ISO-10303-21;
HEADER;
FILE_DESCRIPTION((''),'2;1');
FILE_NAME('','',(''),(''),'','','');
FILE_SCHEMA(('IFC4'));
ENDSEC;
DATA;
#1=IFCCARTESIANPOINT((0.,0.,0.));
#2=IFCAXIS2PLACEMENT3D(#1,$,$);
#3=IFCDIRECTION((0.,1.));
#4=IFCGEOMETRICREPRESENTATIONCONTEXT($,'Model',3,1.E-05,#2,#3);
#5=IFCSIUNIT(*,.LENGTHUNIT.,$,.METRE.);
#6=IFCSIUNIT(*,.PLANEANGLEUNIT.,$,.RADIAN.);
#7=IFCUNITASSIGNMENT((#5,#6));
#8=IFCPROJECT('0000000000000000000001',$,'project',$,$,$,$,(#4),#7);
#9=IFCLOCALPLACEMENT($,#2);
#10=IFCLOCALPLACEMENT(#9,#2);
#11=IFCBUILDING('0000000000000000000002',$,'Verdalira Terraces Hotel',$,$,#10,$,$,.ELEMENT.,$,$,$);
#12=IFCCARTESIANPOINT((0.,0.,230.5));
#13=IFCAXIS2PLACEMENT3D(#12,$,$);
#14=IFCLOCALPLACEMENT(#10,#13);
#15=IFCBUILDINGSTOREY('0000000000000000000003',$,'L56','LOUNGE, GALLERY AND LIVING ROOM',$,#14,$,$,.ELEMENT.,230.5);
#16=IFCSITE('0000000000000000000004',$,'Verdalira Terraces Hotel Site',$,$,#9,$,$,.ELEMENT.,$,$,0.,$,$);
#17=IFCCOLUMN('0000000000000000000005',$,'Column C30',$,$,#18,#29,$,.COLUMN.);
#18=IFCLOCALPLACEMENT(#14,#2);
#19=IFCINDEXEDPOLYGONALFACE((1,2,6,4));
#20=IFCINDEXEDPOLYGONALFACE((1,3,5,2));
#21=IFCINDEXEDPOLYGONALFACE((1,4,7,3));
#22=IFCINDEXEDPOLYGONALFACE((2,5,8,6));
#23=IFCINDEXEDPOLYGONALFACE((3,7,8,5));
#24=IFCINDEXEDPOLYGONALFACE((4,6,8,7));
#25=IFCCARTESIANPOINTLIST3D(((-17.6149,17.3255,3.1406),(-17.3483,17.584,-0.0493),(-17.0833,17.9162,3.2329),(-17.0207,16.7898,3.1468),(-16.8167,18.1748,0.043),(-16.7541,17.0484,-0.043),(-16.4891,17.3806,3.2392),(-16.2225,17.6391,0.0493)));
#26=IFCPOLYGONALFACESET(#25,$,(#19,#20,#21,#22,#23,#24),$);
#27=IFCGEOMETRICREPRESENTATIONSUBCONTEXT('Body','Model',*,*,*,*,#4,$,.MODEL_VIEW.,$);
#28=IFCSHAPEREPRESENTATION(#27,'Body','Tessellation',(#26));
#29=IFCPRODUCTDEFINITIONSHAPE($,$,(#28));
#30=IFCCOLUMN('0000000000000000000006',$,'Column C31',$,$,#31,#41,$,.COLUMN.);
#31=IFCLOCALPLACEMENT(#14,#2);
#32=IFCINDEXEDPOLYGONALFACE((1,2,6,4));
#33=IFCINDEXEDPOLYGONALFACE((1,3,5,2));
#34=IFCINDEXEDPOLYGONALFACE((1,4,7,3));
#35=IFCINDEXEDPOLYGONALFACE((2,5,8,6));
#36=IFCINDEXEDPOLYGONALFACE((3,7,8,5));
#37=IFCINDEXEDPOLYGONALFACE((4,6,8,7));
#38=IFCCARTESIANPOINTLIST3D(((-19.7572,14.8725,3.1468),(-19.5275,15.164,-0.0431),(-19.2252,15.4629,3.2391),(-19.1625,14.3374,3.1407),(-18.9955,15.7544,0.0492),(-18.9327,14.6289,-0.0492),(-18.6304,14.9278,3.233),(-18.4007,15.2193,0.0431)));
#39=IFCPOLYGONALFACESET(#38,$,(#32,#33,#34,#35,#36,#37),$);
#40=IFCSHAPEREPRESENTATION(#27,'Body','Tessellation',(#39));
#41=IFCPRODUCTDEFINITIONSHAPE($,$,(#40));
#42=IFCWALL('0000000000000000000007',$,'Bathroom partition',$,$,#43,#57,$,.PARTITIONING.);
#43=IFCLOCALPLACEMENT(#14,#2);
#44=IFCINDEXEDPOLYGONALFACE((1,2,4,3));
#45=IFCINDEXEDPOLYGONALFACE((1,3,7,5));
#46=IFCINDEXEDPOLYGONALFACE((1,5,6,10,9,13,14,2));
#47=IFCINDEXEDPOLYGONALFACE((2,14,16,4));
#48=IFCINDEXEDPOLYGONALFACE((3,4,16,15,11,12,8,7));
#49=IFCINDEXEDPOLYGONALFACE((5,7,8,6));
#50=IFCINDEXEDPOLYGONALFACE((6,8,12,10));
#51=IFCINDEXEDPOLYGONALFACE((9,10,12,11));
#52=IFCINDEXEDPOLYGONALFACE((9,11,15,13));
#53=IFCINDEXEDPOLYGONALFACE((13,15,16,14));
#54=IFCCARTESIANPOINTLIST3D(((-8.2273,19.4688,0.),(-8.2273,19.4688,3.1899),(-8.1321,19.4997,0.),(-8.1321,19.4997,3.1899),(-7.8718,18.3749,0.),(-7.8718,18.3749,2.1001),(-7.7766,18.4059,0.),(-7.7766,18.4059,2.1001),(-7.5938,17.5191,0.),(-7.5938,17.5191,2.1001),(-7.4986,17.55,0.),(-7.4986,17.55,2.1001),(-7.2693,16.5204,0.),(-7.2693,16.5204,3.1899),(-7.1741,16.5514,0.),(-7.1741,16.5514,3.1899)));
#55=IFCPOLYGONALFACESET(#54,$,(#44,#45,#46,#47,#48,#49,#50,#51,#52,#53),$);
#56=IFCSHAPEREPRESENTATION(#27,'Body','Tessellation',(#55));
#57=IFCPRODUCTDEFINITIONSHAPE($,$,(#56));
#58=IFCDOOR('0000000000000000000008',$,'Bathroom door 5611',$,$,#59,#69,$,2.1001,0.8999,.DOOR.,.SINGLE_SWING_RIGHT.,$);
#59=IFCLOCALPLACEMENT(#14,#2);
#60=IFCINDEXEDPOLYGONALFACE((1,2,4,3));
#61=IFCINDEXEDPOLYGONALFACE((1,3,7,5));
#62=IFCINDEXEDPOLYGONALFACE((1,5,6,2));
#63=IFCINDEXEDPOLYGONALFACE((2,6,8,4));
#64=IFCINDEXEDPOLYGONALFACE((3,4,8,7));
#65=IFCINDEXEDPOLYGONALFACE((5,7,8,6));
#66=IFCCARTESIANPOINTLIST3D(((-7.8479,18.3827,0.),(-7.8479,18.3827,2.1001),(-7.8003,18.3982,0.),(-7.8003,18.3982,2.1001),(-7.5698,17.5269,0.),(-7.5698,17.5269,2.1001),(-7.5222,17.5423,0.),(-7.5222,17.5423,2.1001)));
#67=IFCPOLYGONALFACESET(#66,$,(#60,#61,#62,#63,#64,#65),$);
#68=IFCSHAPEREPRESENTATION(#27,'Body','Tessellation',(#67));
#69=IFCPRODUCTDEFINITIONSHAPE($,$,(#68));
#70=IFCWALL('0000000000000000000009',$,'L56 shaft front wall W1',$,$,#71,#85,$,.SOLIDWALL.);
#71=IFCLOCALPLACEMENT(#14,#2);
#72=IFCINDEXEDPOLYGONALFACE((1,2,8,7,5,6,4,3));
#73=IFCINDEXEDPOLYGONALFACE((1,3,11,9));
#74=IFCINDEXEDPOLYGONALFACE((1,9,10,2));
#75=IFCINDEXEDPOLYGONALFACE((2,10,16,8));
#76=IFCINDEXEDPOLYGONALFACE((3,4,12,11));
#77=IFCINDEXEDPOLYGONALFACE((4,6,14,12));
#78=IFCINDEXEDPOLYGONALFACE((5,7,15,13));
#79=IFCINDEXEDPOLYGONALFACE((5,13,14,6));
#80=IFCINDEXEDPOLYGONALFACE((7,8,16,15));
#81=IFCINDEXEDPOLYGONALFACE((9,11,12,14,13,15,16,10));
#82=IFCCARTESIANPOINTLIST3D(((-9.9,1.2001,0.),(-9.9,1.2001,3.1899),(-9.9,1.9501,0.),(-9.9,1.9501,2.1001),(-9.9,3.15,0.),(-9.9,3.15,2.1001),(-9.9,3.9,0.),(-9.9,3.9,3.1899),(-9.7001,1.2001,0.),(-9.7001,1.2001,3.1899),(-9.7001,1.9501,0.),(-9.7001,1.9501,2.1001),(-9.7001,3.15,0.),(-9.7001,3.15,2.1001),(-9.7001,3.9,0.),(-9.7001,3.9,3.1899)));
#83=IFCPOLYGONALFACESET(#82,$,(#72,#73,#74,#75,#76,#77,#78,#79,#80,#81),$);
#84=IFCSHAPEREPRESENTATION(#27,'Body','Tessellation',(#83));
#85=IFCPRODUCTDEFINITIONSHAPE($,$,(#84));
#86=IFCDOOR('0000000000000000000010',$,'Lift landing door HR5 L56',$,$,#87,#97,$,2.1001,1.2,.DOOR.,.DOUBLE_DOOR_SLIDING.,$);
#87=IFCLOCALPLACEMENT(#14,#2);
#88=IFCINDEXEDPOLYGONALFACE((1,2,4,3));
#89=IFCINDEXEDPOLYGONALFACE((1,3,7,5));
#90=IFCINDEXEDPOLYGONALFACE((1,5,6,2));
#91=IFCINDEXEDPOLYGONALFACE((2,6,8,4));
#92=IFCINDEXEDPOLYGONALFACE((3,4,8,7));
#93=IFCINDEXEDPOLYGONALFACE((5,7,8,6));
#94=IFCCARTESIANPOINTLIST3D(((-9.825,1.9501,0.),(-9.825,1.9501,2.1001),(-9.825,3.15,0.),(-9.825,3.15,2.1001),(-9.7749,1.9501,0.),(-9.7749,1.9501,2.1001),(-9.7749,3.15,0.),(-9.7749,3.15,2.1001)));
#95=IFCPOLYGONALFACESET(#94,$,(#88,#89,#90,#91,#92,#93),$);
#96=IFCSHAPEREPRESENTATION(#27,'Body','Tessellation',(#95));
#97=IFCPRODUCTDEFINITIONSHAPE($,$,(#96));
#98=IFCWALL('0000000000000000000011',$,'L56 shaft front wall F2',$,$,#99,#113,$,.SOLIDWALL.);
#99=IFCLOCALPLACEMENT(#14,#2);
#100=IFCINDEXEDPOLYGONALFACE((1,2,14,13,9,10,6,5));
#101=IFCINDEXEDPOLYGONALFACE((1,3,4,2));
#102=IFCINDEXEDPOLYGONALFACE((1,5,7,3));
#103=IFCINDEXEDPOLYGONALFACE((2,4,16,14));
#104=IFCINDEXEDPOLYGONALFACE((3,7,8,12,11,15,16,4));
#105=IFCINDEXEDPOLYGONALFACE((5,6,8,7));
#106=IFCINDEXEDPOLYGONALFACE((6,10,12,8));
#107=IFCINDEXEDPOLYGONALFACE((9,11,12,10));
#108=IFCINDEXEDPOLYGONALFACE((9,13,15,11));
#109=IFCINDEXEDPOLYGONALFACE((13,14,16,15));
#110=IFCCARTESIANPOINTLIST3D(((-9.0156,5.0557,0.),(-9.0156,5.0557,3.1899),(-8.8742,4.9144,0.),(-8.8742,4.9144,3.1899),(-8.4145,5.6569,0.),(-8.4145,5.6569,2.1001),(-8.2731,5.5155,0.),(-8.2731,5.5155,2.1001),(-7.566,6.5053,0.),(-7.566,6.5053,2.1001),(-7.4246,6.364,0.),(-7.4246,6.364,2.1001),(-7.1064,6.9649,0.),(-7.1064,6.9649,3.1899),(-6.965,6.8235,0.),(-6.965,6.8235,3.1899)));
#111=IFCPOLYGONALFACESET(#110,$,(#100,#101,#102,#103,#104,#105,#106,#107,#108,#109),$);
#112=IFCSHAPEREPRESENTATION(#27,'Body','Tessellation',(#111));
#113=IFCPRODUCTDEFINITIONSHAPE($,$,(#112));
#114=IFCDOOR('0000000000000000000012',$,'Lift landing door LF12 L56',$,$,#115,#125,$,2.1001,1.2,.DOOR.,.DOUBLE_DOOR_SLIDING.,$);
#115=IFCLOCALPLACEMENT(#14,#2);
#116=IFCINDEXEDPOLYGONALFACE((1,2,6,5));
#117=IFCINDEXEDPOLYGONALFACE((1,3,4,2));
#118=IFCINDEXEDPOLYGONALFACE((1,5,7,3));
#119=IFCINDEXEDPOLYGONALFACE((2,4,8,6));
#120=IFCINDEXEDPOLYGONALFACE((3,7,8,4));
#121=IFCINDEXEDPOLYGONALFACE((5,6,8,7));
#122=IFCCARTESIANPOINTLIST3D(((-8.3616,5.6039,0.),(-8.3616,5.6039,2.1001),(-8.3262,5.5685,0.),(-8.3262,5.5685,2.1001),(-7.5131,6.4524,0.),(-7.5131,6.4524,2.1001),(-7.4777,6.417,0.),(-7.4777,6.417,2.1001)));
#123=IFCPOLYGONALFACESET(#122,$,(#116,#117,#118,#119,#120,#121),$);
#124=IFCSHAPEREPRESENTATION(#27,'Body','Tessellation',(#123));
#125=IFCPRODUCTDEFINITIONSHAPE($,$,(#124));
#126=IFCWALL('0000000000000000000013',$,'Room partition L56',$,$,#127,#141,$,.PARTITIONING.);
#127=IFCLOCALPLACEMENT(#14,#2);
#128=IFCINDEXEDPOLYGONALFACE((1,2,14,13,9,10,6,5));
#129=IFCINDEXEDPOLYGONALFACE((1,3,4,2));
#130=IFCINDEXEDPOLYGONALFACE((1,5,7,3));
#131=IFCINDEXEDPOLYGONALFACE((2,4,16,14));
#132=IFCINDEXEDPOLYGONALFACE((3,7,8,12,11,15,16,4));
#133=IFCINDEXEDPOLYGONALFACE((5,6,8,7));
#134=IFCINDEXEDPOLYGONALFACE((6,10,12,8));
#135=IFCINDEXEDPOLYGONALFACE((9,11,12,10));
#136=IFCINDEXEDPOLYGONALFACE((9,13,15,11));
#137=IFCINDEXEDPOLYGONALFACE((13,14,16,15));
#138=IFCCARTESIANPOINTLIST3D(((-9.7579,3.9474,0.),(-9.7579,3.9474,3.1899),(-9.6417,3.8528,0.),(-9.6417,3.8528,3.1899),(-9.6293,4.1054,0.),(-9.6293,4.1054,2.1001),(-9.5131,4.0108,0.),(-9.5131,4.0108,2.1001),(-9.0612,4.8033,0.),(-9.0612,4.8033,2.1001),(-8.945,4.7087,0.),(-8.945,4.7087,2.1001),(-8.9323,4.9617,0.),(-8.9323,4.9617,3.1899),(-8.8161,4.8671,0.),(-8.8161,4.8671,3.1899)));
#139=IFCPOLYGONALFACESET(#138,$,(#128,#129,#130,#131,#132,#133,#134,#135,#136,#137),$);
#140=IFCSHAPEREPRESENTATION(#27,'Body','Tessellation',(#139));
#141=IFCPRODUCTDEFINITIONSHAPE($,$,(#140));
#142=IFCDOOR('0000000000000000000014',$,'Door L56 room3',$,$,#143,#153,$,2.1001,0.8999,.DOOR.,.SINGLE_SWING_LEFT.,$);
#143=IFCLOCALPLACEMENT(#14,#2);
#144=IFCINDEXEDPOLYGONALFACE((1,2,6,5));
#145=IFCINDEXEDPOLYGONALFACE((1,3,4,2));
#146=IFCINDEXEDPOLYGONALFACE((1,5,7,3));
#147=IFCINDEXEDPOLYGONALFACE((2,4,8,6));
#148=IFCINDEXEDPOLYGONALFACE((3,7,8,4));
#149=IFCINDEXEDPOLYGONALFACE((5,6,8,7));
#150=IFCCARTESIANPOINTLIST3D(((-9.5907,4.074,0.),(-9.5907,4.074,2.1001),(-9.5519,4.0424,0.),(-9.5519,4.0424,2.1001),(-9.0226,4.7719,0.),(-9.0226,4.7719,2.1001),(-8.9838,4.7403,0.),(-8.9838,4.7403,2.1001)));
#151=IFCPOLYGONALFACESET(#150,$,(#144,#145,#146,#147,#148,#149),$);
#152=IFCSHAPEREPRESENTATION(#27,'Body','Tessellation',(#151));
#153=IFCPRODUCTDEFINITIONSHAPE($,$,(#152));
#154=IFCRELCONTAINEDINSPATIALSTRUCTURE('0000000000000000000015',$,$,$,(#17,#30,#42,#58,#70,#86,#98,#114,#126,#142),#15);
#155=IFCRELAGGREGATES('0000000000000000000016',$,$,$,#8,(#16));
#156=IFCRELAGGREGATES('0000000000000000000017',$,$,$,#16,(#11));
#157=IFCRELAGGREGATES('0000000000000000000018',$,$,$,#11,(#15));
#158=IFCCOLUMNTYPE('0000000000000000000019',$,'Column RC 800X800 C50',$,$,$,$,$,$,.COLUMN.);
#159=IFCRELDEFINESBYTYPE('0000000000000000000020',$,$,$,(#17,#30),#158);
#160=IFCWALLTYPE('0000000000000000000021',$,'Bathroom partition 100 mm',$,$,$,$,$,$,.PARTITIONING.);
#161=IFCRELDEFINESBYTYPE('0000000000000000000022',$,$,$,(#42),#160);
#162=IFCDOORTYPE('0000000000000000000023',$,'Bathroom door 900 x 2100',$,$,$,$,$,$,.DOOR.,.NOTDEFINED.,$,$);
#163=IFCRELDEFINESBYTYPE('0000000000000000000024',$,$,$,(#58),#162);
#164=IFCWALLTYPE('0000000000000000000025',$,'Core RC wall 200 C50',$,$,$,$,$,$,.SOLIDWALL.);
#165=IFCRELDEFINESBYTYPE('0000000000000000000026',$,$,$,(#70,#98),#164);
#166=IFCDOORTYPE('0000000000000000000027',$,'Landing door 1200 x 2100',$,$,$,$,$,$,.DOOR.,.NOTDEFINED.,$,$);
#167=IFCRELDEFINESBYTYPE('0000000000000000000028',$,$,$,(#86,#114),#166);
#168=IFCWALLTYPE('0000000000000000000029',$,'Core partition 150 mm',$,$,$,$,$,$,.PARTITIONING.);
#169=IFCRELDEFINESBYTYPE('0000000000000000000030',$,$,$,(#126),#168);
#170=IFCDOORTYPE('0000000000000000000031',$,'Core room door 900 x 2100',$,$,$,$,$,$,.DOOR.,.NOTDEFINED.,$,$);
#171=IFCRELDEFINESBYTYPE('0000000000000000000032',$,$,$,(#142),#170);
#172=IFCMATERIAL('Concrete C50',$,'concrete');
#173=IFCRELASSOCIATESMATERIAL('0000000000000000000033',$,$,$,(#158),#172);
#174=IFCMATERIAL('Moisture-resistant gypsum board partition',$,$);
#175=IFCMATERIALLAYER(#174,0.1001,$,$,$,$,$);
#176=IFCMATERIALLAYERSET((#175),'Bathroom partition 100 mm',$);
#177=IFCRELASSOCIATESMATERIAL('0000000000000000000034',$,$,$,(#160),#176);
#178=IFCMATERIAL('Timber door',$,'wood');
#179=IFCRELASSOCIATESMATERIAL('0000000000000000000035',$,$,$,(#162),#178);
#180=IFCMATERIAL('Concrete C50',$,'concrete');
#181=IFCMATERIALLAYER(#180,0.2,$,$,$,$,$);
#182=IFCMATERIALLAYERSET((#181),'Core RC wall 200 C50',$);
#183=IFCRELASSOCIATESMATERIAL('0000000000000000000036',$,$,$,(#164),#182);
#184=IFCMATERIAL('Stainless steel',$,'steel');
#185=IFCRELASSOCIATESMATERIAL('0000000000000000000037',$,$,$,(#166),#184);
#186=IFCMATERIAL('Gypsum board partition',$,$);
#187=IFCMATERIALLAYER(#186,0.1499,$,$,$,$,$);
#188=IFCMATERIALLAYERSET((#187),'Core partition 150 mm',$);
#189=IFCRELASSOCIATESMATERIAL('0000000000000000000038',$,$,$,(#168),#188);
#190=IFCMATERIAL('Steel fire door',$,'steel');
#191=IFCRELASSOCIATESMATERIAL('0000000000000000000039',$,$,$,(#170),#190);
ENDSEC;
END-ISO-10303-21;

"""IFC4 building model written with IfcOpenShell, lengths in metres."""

from ifc_helpers import new_model, si_unit, direction, frame, frame_2d, origin, origin_2d, place, context, subcontext, project, spatial, rectangle, extrude, material, layer, layer_set, material_profile, profile_set, type_object, element, fill, save


model = new_model("IFC4")

# Units and contexts
model_context = context("Model", 3, precision=1e-05, world=origin(), true_north=direction((0.0, 1.0)))
body_context = subcontext(model_context, "Body", "Model", "MODEL_VIEW")
ifc_project = project(units=[si_unit("LENGTHUNIT", "METRE"), si_unit("PLANEANGLEUNIT", "RADIAN")], contexts=[model_context])

# Site, building, storey
site_placement = place(None, origin())
site = spatial("IfcSite", under=ifc_project, at=site_placement, Name="Verdalira Terraces Hotel Site", CompositionType="ELEMENT", RefElevation=0.0)
building_placement = place(site_placement, origin())
building = spatial("IfcBuilding", under=site, at=building_placement, Name="Verdalira Terraces Hotel", CompositionType="ELEMENT")
storey_placement = place(building_placement, frame((0.0, 0.0, 230.5)))
storey = spatial("IfcBuildingStorey", under=building, at=storey_placement, Name="L56", Description="LOUNGE, GALLERY AND LIVING ROOM", CompositionType="ELEMENT", Elevation=230.5)

# Columns
ifc_material_1 = material(Name="Concrete C50", Category="concrete")
ifc_material_profile = material_profile(ifc_material_1, rectangle(XDim=0.8, YDim=0.8, at=origin_2d()), Name="RC 800X800")
ifc_profile_set = profile_set([ifc_material_profile], Name="Concrete C50")
column_type = type_object("IfcColumnType", Name="Column RC 800X800 C50", PredefinedType="COLUMN", material=ifc_profile_set)
for number, where, z_axis, x_axis, name in (
    (1, (-16.7854, 17.6116, 0.0), (-0.083015, -0.080506, 0.993291), (-0.742716, 0.669561, -0.007805), "Column C30"),
    (2, (-18.9641, 15.1916, 0.0), (-0.071536, -0.09077, 0.993299), (-0.743421, 0.66878, 0.007574), "Column C31"),
):
    element("IfcColumn", number, at=place(storey_placement, frame(where, z_axis=z_axis, x_axis=x_axis)), inside=storey, type_object=column_type, Name=name, PredefinedType="COLUMN", context=body_context, shape_type="SweptSolid", body=[
        extrude(rectangle(XDim=0.8, YDim=0.8, at=origin_2d()), origin(), (0.0, 0.0, 1.0), 3.2114),
    ])

# Walls, openings, doors
ifc_material_2 = material(Name="Moisture-resistant gypsum board partition")
ifc_layer_1 = layer(ifc_material_2, 0.1001)
ifc_layer_set_1 = layer_set([ifc_layer_1], Name="Bathroom partition 100 mm")
wall_type_1 = type_object("IfcWallType", Name="Bathroom partition 100 mm", PredefinedType="PARTITIONING", material=ifc_layer_set_1)
wall_1_placement = place(storey_placement, frame((-7.2217, 16.5359, 0.0), z_axis=(0.0, 0.0, 1.0), x_axis=(-0.309013, 0.951058, 0.0)))
wall_1 = element("IfcWall", 3, at=wall_1_placement, inside=storey, type_object=wall_type_1, Name="Bathroom partition", PredefinedType="PARTITIONING", context=body_context, shape_type="SweptSolid", body=[
    extrude(rectangle(XDim=3.1001, YDim=0.1001, at=frame_2d((1.55, 0.0))), origin(), (0.0, 0.0, 1.0), 3.1899),
])
opening_1_placement = place(wall_1_placement, frame((1.05, 0.0, 0.0)))
opening_1 = element("IfcOpeningElement", 4, at=opening_1_placement, cuts=wall_1, PredefinedType="OPENING", context=body_context, shape_type="SweptSolid", body=[
    extrude(rectangle(XDim=0.8999, YDim=2.1001, at=frame_2d((0.45, 1.05))), frame((0.0, 0.0601, 0.0), z_axis=(0.0, -1.0, 0.0), x_axis=(1.0, 0.0, 0.0)), (0.0, 0.0, 1.0), 0.1201),
])
ifc_material_3 = material(Name="Timber door", Category="wood")
door_type_1 = type_object("IfcDoorType", Name="Bathroom door 900 x 2100", OperationType="NOTDEFINED", PredefinedType="DOOR", material=ifc_material_3)
door_1_placement = place(opening_1_placement, origin())
door_1 = element("IfcDoor", 5, at=door_1_placement, inside=storey, type_object=door_type_1, Name="Bathroom door 5611", OperationType="SINGLE_SWING_RIGHT", OverallHeight=2.1001, OverallWidth=0.8999, PredefinedType="DOOR", context=body_context, shape_type="SweptSolid", body=[
    extrude(rectangle(XDim=0.8999, YDim=2.1001, at=frame_2d((0.45, 1.05))), frame((0.0, 0.0249, 0.0), z_axis=(0.0, -1.0, 0.0), x_axis=(1.0, 0.0, 0.0)), (0.0, 0.0, 1.0), 0.05),
])
fill(opening_1, door_1)
ifc_material_4 = material(Name="Concrete C50", Category="concrete")
ifc_layer_2 = layer(ifc_material_4, 0.2)
ifc_layer_set_2 = layer_set([ifc_layer_2], Name="Core RC wall 200 C50")
wall_type_2 = type_object("IfcWallType", Name="Core RC wall 200 C50", PredefinedType="SOLIDWALL", material=ifc_layer_set_2)
wall_2_placement = place(storey_placement, frame((-9.8, 1.2, 0.0), z_axis=(0.0, 0.0, 1.0), x_axis=(0.0, 1.0, 0.0)))
wall_2 = element("IfcWall", 6, at=wall_2_placement, inside=storey, type_object=wall_type_2, Name="L56 shaft front wall W1", PredefinedType="SOLIDWALL", context=body_context, shape_type="SweptSolid", body=[
    extrude(rectangle(XDim=2.7, YDim=0.2, at=frame_2d((1.3501, 0.0))), origin(), (0.0, 0.0, 1.0), 3.1899),
])
opening_2_placement = place(wall_2_placement, frame((0.75, 0.0, 0.0)))
opening_2 = element("IfcOpeningElement", 7, at=opening_2_placement, cuts=wall_2, PredefinedType="OPENING", context=body_context, shape_type="SweptSolid", body=[
    extrude(rectangle(XDim=1.2, YDim=2.1001, at=frame_2d((0.6001, 1.05))), frame((0.0, 0.1099, 0.0), z_axis=(0.0, -1.0, 0.0), x_axis=(1.0, 0.0, 0.0)), (0.0, 0.0, 1.0), 0.22),
])
ifc_material_5 = material(Name="Stainless steel", Category="steel")
door_type_2 = type_object("IfcDoorType", Name="Landing door 1200 x 2100", OperationType="NOTDEFINED", PredefinedType="DOOR", material=ifc_material_5)
door_2_placement = place(opening_2_placement, origin())
door_2 = element("IfcDoor", 8, at=door_2_placement, inside=storey, type_object=door_type_2, Name="Lift landing door HR5 L56", OperationType="DOUBLE_DOOR_SLIDING", OverallHeight=2.1001, OverallWidth=1.2, PredefinedType="DOOR", context=body_context, shape_type="SweptSolid", body=[
    extrude(rectangle(XDim=1.2, YDim=2.1001, at=frame_2d((0.6001, 1.05))), frame((0.0, 0.0249, 0.0), z_axis=(0.0, -1.0, 0.0), x_axis=(1.0, 0.0, 0.0)), (0.0, 0.0, 1.0), 0.05),
])
fill(opening_2, door_2)
wall_3_placement = place(storey_placement, frame((-7.0356, 6.8943, 0.0), z_axis=(0.0, 0.0, 1.0), x_axis=(-0.707107, -0.707107, 0.0)))
wall_3 = element("IfcWall", 9, at=wall_3_placement, inside=storey, type_object=wall_type_2, Name="L56 shaft front wall F2", PredefinedType="SOLIDWALL", context=body_context, shape_type="SweptSolid", body=[
    extrude(rectangle(XDim=2.7, YDim=0.2, at=frame_2d((1.3501, 0.0))), origin(), (0.0, 0.0, 1.0), 3.1899),
])
opening_3_placement = place(wall_3_placement, frame((0.6499, 0.0, 0.0)))
opening_3 = element("IfcOpeningElement", 10, at=opening_3_placement, cuts=wall_3, PredefinedType="OPENING", context=body_context, shape_type="SweptSolid", body=[
    extrude(rectangle(XDim=1.2, YDim=2.1001, at=frame_2d((0.6001, 1.05))), frame((0.0, 0.1099, 0.0), z_axis=(0.0, -1.0, 0.0), x_axis=(1.0, 0.0, 0.0)), (0.0, 0.0, 1.0), 0.22),
])
door_3_placement = place(opening_3_placement, origin())
door_3 = element("IfcDoor", 11, at=door_3_placement, inside=storey, type_object=door_type_2, Name="Lift landing door LF12 L56", OperationType="DOUBLE_DOOR_SLIDING", OverallHeight=2.1001, OverallWidth=1.2, PredefinedType="DOOR", context=body_context, shape_type="SweptSolid", body=[
    extrude(rectangle(XDim=1.2, YDim=2.1001, at=frame_2d((0.6001, 1.05))), frame((0.0, 0.0249, 0.0), z_axis=(0.0, -1.0, 0.0), x_axis=(1.0, 0.0, 0.0)), (0.0, 0.0, 1.0), 0.05),
])
fill(opening_3, door_3)
ifc_material_6 = material(Name="Gypsum board partition")
ifc_layer_3 = layer(ifc_material_6, 0.1499)
ifc_layer_set_3 = layer_set([ifc_layer_3], Name="Core partition 150 mm")
wall_type_3 = type_object("IfcWallType", Name="Core partition 150 mm", PredefinedType="PARTITIONING", material=ifc_layer_set_3)
wall_4_placement = place(storey_placement, frame((-8.8743, 4.9143, 0.0), z_axis=(0.0, 0.0, 1.0), x_axis=(-0.631274, -0.77556, 0.0)))
wall_4 = element("IfcWall", 12, at=wall_4_placement, inside=storey, type_object=wall_type_3, Name="Room partition L56", PredefinedType="PARTITIONING", context=body_context, shape_type="SweptSolid", body=[
    extrude(rectangle(XDim=1.3079, YDim=0.1499, at=frame_2d((0.6538, 0.0))), origin(), (0.0, 0.0, 1.0), 3.1899),
])
opening_4_placement = place(wall_4_placement, frame((0.2041, 0.0, 0.0)))
opening_4 = element("IfcOpeningElement", 13, at=opening_4_placement, cuts=wall_4, PredefinedType="OPENING", context=body_context, shape_type="SweptSolid", body=[
    extrude(rectangle(XDim=0.8999, YDim=2.1001, at=frame_2d((0.45, 1.05))), frame((0.0, 0.085, 0.0), z_axis=(0.0, -1.0, 0.0), x_axis=(1.0, 0.0, 0.0)), (0.0, 0.0, 1.0), 0.1699),
])
ifc_material_7 = material(Name="Steel fire door", Category="steel")
door_type_3 = type_object("IfcDoorType", Name="Core room door 900 x 2100", OperationType="NOTDEFINED", PredefinedType="DOOR", material=ifc_material_7)
door_4_placement = place(opening_4_placement, origin())
door_4 = element("IfcDoor", 14, at=door_4_placement, inside=storey, type_object=door_type_3, Name="Door L56 room3", OperationType="SINGLE_SWING_LEFT", OverallHeight=2.1001, OverallWidth=0.8999, PredefinedType="DOOR", context=body_context, shape_type="SweptSolid", body=[
    extrude(rectangle(XDim=0.8999, YDim=2.1001, at=frame_2d((0.45, 1.05))), frame((0.0, 0.0249, 0.0), z_axis=(0.0, -1.0, 0.0), x_axis=(1.0, 0.0, 0.0)), (0.0, 0.0, 1.0), 0.05),
])
fill(opening_4, door_4)

save(model, "model.ifc")
